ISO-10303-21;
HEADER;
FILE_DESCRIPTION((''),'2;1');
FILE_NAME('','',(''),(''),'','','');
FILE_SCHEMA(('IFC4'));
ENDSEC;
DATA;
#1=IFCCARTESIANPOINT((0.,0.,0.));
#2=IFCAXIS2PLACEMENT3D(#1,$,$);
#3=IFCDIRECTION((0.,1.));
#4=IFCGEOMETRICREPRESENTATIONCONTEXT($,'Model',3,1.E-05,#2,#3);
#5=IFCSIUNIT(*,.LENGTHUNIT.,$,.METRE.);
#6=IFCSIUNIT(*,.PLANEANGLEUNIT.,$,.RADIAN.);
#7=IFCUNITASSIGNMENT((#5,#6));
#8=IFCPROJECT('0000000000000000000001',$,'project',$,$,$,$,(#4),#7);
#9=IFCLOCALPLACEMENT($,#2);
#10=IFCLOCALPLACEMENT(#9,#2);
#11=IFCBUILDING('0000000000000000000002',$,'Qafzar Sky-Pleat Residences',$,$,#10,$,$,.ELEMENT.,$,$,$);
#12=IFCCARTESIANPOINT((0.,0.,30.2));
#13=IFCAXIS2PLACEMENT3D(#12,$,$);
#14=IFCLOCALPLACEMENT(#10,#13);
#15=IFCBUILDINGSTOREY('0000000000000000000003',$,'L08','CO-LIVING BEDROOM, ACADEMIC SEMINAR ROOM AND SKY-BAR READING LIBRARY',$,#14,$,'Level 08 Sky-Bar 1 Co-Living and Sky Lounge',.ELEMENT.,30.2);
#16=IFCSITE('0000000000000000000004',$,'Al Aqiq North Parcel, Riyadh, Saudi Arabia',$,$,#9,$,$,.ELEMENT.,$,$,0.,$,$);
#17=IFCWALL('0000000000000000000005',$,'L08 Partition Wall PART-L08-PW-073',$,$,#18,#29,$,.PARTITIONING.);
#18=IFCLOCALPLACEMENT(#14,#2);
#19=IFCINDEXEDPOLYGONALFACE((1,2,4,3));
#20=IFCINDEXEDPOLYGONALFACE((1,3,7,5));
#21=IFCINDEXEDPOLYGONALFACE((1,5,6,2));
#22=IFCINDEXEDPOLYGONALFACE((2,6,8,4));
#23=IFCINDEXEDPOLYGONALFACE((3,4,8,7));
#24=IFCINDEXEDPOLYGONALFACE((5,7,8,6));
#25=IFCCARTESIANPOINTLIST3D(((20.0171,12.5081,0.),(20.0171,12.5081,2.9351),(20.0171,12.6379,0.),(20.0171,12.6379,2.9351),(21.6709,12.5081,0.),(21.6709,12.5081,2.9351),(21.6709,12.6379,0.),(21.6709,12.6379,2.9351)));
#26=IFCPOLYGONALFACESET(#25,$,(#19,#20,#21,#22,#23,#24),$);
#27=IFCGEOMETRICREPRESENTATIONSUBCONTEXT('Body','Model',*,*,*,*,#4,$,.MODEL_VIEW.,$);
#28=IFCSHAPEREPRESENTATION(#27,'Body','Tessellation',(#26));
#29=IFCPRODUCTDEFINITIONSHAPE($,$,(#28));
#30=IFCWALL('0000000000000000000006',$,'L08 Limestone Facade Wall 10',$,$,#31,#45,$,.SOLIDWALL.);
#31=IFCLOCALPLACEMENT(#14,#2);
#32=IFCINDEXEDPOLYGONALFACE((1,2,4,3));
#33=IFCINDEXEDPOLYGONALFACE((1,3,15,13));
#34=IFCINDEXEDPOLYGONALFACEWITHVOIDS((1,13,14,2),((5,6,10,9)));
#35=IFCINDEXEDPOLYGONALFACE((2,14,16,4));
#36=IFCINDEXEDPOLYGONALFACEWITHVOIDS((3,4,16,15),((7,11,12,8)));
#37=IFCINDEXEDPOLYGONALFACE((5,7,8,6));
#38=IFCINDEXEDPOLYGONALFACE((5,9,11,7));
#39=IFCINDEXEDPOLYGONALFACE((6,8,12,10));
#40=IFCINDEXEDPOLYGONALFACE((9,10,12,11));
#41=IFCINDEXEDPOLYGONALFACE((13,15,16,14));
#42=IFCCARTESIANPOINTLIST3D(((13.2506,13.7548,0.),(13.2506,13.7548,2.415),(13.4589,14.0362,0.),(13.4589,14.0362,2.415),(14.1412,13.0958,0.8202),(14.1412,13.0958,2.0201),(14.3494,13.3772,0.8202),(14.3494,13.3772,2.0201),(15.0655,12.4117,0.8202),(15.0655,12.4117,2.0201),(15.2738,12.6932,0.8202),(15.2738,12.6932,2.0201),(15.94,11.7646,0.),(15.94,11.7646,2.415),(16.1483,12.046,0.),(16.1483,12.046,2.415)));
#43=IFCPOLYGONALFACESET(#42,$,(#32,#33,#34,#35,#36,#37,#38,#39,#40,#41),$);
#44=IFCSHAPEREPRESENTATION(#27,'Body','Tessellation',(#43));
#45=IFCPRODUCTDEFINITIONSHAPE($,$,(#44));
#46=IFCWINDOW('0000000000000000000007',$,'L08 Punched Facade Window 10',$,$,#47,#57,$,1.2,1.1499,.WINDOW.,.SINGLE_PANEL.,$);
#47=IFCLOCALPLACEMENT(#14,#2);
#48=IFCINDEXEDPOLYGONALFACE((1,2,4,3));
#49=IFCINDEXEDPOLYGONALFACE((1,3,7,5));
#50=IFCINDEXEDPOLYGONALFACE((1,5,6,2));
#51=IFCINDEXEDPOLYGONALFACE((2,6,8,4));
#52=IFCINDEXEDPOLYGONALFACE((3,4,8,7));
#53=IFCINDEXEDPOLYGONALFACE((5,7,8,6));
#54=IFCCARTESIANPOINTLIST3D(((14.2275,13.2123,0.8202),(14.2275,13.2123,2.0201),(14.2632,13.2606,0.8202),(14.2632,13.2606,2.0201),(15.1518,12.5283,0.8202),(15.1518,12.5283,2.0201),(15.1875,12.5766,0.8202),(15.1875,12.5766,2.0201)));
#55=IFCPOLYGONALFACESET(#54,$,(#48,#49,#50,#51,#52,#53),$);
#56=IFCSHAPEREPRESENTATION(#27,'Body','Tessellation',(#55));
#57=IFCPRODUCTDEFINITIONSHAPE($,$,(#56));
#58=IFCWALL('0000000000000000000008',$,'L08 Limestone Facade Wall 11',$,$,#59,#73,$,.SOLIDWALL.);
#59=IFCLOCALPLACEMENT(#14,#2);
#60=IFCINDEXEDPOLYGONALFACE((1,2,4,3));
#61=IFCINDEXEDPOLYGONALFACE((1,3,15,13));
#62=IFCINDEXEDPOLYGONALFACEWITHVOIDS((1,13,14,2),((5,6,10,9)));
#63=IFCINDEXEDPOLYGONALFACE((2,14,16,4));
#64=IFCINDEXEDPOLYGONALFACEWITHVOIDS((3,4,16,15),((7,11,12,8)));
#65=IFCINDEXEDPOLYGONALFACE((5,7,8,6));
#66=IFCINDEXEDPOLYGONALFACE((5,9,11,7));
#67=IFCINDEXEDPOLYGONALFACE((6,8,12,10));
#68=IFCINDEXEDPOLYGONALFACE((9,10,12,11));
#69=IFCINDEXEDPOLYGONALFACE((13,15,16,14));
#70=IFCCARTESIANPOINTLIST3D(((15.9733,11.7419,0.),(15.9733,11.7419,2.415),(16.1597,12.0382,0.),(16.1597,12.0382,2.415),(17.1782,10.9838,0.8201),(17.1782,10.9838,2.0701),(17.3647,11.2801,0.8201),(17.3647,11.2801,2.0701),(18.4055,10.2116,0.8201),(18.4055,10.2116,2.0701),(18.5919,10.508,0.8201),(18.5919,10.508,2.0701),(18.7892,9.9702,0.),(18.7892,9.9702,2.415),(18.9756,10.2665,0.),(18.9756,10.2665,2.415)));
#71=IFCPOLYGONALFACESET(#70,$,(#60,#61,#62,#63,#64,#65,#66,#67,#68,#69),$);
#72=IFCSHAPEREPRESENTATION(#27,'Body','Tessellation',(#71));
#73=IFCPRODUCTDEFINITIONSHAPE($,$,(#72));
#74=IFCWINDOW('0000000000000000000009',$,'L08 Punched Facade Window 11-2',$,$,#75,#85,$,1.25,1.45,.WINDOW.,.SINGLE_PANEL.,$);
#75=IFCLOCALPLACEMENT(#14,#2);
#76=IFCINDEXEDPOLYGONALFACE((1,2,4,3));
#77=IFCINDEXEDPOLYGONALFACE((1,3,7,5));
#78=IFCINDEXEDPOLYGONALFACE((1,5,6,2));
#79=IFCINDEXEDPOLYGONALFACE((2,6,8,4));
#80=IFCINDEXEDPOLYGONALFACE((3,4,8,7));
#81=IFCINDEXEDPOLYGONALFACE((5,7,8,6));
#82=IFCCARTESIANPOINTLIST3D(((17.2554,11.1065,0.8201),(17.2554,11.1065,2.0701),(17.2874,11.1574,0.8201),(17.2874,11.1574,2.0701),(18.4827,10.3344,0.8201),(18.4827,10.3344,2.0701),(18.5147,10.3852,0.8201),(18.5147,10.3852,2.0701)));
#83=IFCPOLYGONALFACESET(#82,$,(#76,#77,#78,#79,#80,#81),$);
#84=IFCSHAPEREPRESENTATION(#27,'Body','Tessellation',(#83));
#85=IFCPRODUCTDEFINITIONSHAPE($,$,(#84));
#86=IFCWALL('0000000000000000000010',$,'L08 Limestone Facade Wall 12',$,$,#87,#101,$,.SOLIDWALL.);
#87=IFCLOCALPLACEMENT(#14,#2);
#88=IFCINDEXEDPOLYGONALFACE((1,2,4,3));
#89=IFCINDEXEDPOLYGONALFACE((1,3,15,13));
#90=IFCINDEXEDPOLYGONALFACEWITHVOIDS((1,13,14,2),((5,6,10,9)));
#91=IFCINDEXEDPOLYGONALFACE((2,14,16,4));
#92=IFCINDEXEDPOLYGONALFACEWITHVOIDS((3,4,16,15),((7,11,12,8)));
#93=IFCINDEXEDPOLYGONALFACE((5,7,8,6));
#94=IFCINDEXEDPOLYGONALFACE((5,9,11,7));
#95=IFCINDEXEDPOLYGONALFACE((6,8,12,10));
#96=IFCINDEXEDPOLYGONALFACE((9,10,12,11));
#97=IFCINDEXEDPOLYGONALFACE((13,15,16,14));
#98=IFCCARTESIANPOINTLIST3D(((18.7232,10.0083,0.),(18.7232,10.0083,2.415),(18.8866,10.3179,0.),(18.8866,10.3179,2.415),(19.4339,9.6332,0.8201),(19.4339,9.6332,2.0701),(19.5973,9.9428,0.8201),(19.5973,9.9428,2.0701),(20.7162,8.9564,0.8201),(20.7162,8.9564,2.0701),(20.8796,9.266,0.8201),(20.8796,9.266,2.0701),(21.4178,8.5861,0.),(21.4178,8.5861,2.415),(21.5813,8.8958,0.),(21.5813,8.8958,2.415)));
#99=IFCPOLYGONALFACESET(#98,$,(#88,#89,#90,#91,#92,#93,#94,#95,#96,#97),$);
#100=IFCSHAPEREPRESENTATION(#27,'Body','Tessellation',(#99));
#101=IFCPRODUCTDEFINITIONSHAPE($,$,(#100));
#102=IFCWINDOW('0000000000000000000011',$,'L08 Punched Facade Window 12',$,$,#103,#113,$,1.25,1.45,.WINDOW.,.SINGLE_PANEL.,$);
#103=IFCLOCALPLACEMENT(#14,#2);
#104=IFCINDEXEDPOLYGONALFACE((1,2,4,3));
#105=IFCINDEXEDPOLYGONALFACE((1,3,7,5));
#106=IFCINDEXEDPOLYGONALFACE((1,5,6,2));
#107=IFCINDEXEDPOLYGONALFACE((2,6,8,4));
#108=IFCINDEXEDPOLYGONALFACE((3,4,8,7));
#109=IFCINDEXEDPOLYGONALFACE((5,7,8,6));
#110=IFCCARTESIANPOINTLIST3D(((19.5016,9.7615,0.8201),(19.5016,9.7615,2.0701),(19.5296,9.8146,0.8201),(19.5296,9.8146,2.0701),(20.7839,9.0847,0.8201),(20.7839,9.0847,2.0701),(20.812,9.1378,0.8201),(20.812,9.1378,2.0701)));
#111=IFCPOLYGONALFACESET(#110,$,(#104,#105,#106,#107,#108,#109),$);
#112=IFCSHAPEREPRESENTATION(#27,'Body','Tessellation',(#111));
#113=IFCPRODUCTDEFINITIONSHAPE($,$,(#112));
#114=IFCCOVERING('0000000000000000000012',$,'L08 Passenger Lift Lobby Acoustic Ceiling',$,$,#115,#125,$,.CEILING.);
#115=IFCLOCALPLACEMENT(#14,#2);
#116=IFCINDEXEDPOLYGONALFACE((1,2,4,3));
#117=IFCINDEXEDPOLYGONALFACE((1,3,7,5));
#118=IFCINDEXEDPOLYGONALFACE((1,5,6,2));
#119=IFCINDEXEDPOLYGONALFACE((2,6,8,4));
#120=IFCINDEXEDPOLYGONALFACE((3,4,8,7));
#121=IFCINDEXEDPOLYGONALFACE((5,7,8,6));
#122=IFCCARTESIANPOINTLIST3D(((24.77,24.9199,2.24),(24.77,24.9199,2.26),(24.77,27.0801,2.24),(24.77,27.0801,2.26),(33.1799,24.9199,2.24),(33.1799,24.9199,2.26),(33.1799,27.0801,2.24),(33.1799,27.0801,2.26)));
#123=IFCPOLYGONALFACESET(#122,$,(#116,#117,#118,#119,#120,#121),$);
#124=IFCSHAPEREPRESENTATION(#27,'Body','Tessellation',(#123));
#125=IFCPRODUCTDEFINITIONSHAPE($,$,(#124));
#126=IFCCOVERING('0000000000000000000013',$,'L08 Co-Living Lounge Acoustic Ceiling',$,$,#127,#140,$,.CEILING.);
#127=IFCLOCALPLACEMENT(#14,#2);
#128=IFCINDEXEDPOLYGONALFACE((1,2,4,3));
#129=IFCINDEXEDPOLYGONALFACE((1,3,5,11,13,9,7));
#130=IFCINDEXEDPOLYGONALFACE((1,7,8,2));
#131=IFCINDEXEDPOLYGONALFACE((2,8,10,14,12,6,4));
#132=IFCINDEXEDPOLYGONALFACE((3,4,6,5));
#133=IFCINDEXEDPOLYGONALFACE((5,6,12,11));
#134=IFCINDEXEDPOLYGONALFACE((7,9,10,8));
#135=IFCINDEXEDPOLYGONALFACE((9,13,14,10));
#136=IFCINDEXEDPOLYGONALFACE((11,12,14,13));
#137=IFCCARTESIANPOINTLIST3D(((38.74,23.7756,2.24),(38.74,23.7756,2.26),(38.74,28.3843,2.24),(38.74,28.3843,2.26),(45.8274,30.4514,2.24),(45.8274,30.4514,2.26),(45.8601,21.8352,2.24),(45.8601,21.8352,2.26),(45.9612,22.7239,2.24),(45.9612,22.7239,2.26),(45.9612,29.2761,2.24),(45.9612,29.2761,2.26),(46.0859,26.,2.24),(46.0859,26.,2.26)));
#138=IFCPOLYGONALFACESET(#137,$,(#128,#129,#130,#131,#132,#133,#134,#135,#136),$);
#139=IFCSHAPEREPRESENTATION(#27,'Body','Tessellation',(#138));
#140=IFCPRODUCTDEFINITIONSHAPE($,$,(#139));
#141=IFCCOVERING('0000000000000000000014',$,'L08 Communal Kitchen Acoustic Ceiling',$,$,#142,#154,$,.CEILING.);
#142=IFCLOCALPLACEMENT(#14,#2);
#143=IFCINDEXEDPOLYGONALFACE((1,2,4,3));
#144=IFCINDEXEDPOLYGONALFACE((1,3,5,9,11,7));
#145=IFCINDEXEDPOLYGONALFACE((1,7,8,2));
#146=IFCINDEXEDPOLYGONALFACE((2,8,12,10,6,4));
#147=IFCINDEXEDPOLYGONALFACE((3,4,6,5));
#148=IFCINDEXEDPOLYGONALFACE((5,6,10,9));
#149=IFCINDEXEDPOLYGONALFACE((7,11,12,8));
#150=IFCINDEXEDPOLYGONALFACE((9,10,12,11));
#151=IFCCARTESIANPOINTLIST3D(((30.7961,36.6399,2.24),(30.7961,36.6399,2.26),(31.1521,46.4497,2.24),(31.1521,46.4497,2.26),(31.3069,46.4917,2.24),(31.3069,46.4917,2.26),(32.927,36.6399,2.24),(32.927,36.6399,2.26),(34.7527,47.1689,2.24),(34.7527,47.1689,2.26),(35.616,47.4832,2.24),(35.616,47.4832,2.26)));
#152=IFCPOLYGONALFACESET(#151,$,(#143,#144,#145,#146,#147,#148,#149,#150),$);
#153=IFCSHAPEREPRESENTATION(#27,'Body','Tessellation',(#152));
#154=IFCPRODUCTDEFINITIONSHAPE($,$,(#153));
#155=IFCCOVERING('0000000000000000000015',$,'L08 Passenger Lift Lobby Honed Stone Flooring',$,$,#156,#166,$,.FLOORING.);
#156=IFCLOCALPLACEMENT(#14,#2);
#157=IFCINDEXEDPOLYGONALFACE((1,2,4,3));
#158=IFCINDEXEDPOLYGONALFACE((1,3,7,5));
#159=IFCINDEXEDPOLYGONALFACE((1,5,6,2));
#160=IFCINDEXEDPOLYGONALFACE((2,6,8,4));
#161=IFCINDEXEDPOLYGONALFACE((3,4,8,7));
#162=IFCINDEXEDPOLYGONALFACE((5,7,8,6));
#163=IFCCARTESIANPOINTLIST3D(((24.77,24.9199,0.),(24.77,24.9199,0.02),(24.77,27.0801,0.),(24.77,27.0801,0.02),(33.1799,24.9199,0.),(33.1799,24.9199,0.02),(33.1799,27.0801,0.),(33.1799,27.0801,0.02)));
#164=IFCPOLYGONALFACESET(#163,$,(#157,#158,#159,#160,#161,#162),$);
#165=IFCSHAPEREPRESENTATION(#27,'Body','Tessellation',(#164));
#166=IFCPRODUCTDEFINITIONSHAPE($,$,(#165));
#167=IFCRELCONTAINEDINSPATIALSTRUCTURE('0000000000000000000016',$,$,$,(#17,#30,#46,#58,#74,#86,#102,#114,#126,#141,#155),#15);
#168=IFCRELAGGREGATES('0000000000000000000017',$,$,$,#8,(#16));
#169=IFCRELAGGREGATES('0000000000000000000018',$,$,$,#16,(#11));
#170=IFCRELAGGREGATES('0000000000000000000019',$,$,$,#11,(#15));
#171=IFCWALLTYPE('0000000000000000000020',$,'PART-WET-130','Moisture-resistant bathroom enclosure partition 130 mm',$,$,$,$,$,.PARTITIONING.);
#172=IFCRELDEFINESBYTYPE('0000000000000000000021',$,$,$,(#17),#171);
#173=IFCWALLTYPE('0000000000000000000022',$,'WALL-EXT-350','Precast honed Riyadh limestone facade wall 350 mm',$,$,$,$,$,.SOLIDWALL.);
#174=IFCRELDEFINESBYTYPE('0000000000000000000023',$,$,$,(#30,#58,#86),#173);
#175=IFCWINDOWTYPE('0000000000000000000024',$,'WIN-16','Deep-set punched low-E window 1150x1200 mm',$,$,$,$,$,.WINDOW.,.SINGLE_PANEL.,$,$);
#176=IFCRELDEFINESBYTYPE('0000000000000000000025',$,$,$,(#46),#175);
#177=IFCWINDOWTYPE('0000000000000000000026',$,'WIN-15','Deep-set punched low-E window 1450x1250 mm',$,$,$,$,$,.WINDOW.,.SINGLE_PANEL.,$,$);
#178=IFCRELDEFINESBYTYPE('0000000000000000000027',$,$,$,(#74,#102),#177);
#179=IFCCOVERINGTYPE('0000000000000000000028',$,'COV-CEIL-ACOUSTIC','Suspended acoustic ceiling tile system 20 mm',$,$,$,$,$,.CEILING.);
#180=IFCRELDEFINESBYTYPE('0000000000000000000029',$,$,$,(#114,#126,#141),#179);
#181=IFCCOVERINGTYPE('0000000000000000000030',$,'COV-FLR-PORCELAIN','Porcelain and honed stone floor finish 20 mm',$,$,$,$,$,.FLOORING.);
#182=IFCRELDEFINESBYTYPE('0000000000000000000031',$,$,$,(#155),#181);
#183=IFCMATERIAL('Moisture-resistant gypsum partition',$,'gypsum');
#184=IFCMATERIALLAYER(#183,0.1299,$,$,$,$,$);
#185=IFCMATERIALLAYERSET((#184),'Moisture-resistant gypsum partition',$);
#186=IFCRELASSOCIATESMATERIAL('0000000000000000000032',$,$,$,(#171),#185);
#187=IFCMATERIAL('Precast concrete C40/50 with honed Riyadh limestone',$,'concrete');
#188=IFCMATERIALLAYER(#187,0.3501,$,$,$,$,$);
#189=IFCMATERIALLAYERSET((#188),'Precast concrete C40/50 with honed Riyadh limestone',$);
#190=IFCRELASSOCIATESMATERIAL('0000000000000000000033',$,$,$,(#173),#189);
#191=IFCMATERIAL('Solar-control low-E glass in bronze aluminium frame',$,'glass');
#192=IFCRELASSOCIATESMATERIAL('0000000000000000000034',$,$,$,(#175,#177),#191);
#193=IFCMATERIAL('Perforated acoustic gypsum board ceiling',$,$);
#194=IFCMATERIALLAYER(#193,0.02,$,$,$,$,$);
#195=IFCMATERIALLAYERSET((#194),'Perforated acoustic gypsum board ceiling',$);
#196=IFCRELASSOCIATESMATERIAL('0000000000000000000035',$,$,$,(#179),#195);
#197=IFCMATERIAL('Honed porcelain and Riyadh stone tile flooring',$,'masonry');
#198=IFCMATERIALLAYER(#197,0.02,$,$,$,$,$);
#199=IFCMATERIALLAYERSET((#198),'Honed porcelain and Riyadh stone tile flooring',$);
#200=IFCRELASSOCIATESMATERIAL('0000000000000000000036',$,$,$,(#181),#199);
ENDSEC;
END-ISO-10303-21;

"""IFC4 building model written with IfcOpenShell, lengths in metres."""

from ifc_helpers import new_model, si_unit, direction, frame, frame_2d, origin, place, context, subcontext, project, spatial, polyline, rectangle, outline, extrude, source, transform, mapped, material, layer, layer_set, type_object, element, fill, save


model = new_model("IFC4")

# Units and contexts
model_context = context("Model", 3, precision=1e-05, world=origin(), true_north=direction((0.0, 1.0)))
body_context = subcontext(model_context, "Body", "Model", "MODEL_VIEW")
ifc_project = project(units=[si_unit("LENGTHUNIT", "METRE"), si_unit("PLANEANGLEUNIT", "RADIAN")], contexts=[model_context])

# Site, building, storey
site_placement = place(None, origin())
site = spatial("IfcSite", under=ifc_project, at=site_placement, Name="Al Aqiq North Parcel, Riyadh, Saudi Arabia", CompositionType="ELEMENT", RefElevation=0.0)
building_placement = place(site_placement, origin())
building = spatial("IfcBuilding", under=site, at=building_placement, Name="Qafzar Sky-Pleat Residences", CompositionType="ELEMENT")
storey_placement = place(building_placement, frame((0.0, 0.0, 30.2)))
storey = spatial("IfcBuildingStorey", under=building, at=storey_placement, Name="L08", Description="CO-LIVING BEDROOM, ACADEMIC SEMINAR ROOM AND SKY-BAR READING LIBRARY", LongName="Level 08 Sky-Bar 1 Co-Living and Sky Lounge", CompositionType="ELEMENT", Elevation=30.2)

# Wall
ifc_material_1 = material(Name="Moisture-resistant gypsum partition", Category="gypsum")
ifc_layer_1 = layer(ifc_material_1, 0.1299)
ifc_layer_set_1 = layer_set([ifc_layer_1], Name="Moisture-resistant gypsum partition")
wall_type_1 = type_object("IfcWallType", Name="PART-WET-130", Description="Moisture-resistant bathroom enclosure partition 130 mm", PredefinedType="PARTITIONING", material=ifc_layer_set_1)
wall_1_placement = place(storey_placement, frame((20.0171, 12.573, 0.0), z_axis=(0.0, 0.0, 1.0), x_axis=(1.0, 0.0, 0.0)))
element("IfcWall", 1, at=wall_1_placement, inside=storey, type_object=wall_type_1, Name="L08 Partition Wall PART-L08-PW-073", PredefinedType="PARTITIONING", context=body_context, shape_type="SweptSolid", body=[
    extrude(rectangle(XDim=1.6538, YDim=0.1299, at=frame_2d((0.8269, 0.0))), origin(), (0.0, 0.0, 1.0), 2.9351),
])

# Walls, openings, windows
ifc_material_2 = material(Name="Precast concrete C40/50 with honed Riyadh limestone", Category="concrete")
ifc_layer_2 = layer(ifc_material_2, 0.3501)
ifc_layer_set_2 = layer_set([ifc_layer_2], Name="Precast concrete C40/50 with honed Riyadh limestone")
wall_type_2 = type_object("IfcWallType", Name="WALL-EXT-350", Description="Precast honed Riyadh limestone facade wall 350 mm", PredefinedType="SOLIDWALL", material=ifc_layer_set_2)
wall_2_placement = place(storey_placement, frame((13.3547, 13.8955, 0.0), z_axis=(0.0, 0.0, 1.0), x_axis=(0.803836, -0.594851, 0.0)))
wall_2 = element("IfcWall", 2, at=wall_2_placement, inside=storey, type_object=wall_type_2, Name="L08 Limestone Facade Wall 10", PredefinedType="SOLIDWALL", context=body_context, shape_type="SweptSolid", body=[
    extrude(rectangle(XDim=3.3457, YDim=0.3501, at=frame_2d((1.6729, 0.0))), origin(), (0.0, 0.0, 1.0), 2.415),
])
opening_1_placement = place(wall_2_placement, frame((1.1079, 0.0, 0.8201)))
opening_1 = element("IfcOpeningElement", 3, at=opening_1_placement, cuts=wall_2, PredefinedType="OPENING", context=body_context, shape_type="SweptSolid", body=[
    extrude(rectangle(XDim=1.1499, YDim=1.2, at=frame_2d((0.575, 0.6001))), frame((0.0, 0.1851, 0.0), z_axis=(0.0, -1.0, 0.0), x_axis=(1.0, 0.0, 0.0)), (0.0, 0.0, 1.0), 0.3701),
])
ifc_material_3 = material(Name="Solar-control low-E glass in bronze aluminium frame", Category="glass")
window_type_1 = type_object("IfcWindowType", Name="WIN-16", Description="Deep-set punched low-E window 1150x1200 mm", PartitioningType="SINGLE_PANEL", PredefinedType="WINDOW", material=ifc_material_3)
shared_shape_1 = source(origin(), body_context, "Body", "SweptSolid", [
    extrude(rectangle(XDim=1.1499, YDim=1.2, at=frame_2d((0.575, 0.6001))), frame((0.0, 0.03, 0.0), z_axis=(0.0, -1.0, 0.0), x_axis=(1.0, 0.0, 0.0)), (0.0, 0.0, 1.0), 0.0601),
])
window_1_placement = place(opening_1_placement, origin())
window_1 = element("IfcWindow", 4, at=window_1_placement, inside=storey, type_object=window_type_1, Name="L08 Punched Facade Window 10", OverallHeight=1.2, OverallWidth=1.1499, PartitioningType="SINGLE_PANEL", PredefinedType="WINDOW", context=body_context, shape_type="MappedRepresentation", body=[
    mapped(shared_shape_1, transform((0.0, 0.0, 0.0), x_axis=(1.0, 0.0, 0.0), y_axis=(0.0, 1.0, 0.0), z_axis=(0.0, 0.0, 1.0), scale=1.0)),
])
fill(opening_1, window_1)
wall_3_placement = place(storey_placement, frame((16.0664, 11.8901, 0.0), z_axis=(0.0, 0.0, 1.0), x_axis=(0.846403, -0.532543, 0.0)))
wall_3 = element("IfcWall", 5, at=wall_3_placement, inside=storey, type_object=wall_type_2, Name="L08 Limestone Facade Wall 11", PredefinedType="SOLIDWALL", context=body_context, shape_type="SweptSolid", body=[
    extrude(rectangle(XDim=3.3269, YDim=0.3501, at=frame_2d((1.6636, 0.0))), origin(), (0.0, 0.0, 1.0), 2.415),
])
opening_2_placement = place(wall_3_placement, frame((1.4236, 0.0, 0.8201)))
opening_2 = element("IfcOpeningElement", 6, at=opening_2_placement, cuts=wall_3, PredefinedType="OPENING", context=body_context, shape_type="SweptSolid", body=[
    extrude(rectangle(XDim=1.45, YDim=1.25, at=frame_2d((0.7251, 0.625))), frame((0.0, 0.1851, 0.0), z_axis=(0.0, -1.0, 0.0), x_axis=(1.0, 0.0, 0.0)), (0.0, 0.0, 1.0), 0.3701),
])
window_type_2 = type_object("IfcWindowType", Name="WIN-15", Description="Deep-set punched low-E window 1450x1250 mm", PartitioningType="SINGLE_PANEL", PredefinedType="WINDOW", material=ifc_material_3)
shared_shape_2 = source(origin(), body_context, "Body", "SweptSolid", [
    extrude(rectangle(XDim=1.45, YDim=1.25, at=frame_2d((0.7251, 0.625))), frame((0.0, 0.03, 0.0), z_axis=(0.0, -1.0, 0.0), x_axis=(1.0, 0.0, 0.0)), (0.0, 0.0, 1.0), 0.0601),
])
window_2_placement = place(opening_2_placement, origin())
window_2 = element("IfcWindow", 7, at=window_2_placement, inside=storey, type_object=window_type_2, Name="L08 Punched Facade Window 11-2", OverallHeight=1.25, OverallWidth=1.45, PartitioningType="SINGLE_PANEL", PredefinedType="WINDOW", context=body_context, shape_type="MappedRepresentation", body=[
    mapped(shared_shape_2, transform((0.0, 0.0, 0.0), x_axis=(1.0, 0.0, 0.0), y_axis=(0.0, 1.0, 0.0), z_axis=(0.0, 0.0, 1.0), scale=1.0)),
])
fill(opening_2, window_2)
wall_4_placement = place(storey_placement, frame((18.8049, 10.1631, 0.0), z_axis=(0.0, 0.0, 1.0), x_axis=(0.884388, -0.466753, 0.0)))
wall_4 = element("IfcWall", 8, at=wall_4_placement, inside=storey, type_object=wall_type_2, Name="L08 Limestone Facade Wall 12", PredefinedType="SOLIDWALL", context=body_context, shape_type="SweptSolid", body=[
    extrude(rectangle(XDim=3.0469, YDim=0.3501, at=frame_2d((1.5234, 0.0))), origin(), (0.0, 0.0, 1.0), 2.415),
])
opening_3_placement = place(wall_4_placement, frame((0.8035, 0.0, 0.8201)))
opening_3 = element("IfcOpeningElement", 9, at=opening_3_placement, cuts=wall_4, PredefinedType="OPENING", context=body_context, shape_type="SweptSolid", body=[
    extrude(rectangle(XDim=1.45, YDim=1.25, at=frame_2d((0.7251, 0.625))), frame((0.0, 0.1851, 0.0), z_axis=(0.0, -1.0, 0.0), x_axis=(1.0, 0.0, 0.0)), (0.0, 0.0, 1.0), 0.3701),
])
window_3_placement = place(opening_3_placement, origin())
window_3 = element("IfcWindow", 10, at=window_3_placement, inside=storey, type_object=window_type_2, Name="L08 Punched Facade Window 12", OverallHeight=1.25, OverallWidth=1.45, PartitioningType="SINGLE_PANEL", PredefinedType="WINDOW", context=body_context, shape_type="MappedRepresentation", body=[
    mapped(shared_shape_2, transform((0.0, 0.0, 0.0), x_axis=(1.0, 0.0, 0.0), y_axis=(0.0, 1.0, 0.0), z_axis=(0.0, 0.0, 1.0), scale=1.0)),
])
fill(opening_3, window_3)

# Coverings
ifc_material_4 = material(Name="Perforated acoustic gypsum board ceiling")
ifc_layer_3 = layer(ifc_material_4, 0.02)
ifc_layer_set_3 = layer_set([ifc_layer_3], Name="Perforated acoustic gypsum board ceiling")
covering_type_1 = type_object("IfcCoveringType", Name="COV-CEIL-ACOUSTIC", Description="Suspended acoustic ceiling tile system 20 mm", PredefinedType="CEILING", material=ifc_layer_set_3)
covering_1_placement = place(storey_placement, frame((0.0, 0.0, 2.24)))
element("IfcCovering", 11, at=covering_1_placement, inside=storey, type_object=covering_type_1, Name="L08 Passenger Lift Lobby Acoustic Ceiling", PredefinedType="CEILING", context=body_context, shape_type="SweptSolid", body=[
    extrude(outline(polyline([(33.1799, 24.9199), (24.77, 24.9199), (24.77, 27.0801), (33.1799, 27.0801), (33.1799, 24.9199)])), origin(), (0.0, 0.0, 1.0), 0.02),
])
covering_2_placement = place(storey_placement, frame((0.0, 0.0, 2.24)))
element("IfcCovering", 12, at=covering_2_placement, inside=storey, type_object=covering_type_1, Name="L08 Co-Living Lounge Acoustic Ceiling", PredefinedType="CEILING", context=body_context, shape_type="SweptSolid", body=[
    extrude(outline(polyline([(45.9612, 29.2761), (46.0859, 26.0), (45.9612, 22.7239), (45.8601, 21.8352), (38.74, 23.7756), (38.74, 28.3843), (45.8274, 30.4514), (45.9612, 29.2761)])), origin(), (0.0, 0.0, 1.0), 0.02),
])
covering_3_placement = place(storey_placement, frame((0.0, 0.0, 2.24)))
element("IfcCovering", 13, at=covering_3_placement, inside=storey, type_object=covering_type_1, Name="L08 Communal Kitchen Acoustic Ceiling", PredefinedType="CEILING", context=body_context, shape_type="SweptSolid", body=[
    extrude(outline(polyline([(34.7527, 47.1689), (35.616, 47.4832), (32.927, 36.6399), (30.7961, 36.6399), (31.1521, 46.4497), (31.3069, 46.4917), (34.7527, 47.1689)])), origin(), (0.0, 0.0, 1.0), 0.02),
])
ifc_material_5 = material(Name="Honed porcelain and Riyadh stone tile flooring", Category="masonry")
ifc_layer_4 = layer(ifc_material_5, 0.02)
ifc_layer_set_4 = layer_set([ifc_layer_4], Name="Honed porcelain and Riyadh stone tile flooring")
covering_type_2 = type_object("IfcCoveringType", Name="COV-FLR-PORCELAIN", Description="Porcelain and honed stone floor finish 20 mm", PredefinedType="FLOORING", material=ifc_layer_set_4)
covering_4_placement = place(storey_placement, origin())
element("IfcCovering", 14, at=covering_4_placement, inside=storey, type_object=covering_type_2, Name="L08 Passenger Lift Lobby Honed Stone Flooring", PredefinedType="FLOORING", context=body_context, shape_type="SweptSolid", body=[
    extrude(outline(polyline([(33.1799, 24.9199), (24.77, 24.9199), (24.77, 27.0801), (33.1799, 27.0801), (33.1799, 24.9199)])), origin(), (0.0, 0.0, 1.0), 0.02),
])

save(model, "model.ifc")
